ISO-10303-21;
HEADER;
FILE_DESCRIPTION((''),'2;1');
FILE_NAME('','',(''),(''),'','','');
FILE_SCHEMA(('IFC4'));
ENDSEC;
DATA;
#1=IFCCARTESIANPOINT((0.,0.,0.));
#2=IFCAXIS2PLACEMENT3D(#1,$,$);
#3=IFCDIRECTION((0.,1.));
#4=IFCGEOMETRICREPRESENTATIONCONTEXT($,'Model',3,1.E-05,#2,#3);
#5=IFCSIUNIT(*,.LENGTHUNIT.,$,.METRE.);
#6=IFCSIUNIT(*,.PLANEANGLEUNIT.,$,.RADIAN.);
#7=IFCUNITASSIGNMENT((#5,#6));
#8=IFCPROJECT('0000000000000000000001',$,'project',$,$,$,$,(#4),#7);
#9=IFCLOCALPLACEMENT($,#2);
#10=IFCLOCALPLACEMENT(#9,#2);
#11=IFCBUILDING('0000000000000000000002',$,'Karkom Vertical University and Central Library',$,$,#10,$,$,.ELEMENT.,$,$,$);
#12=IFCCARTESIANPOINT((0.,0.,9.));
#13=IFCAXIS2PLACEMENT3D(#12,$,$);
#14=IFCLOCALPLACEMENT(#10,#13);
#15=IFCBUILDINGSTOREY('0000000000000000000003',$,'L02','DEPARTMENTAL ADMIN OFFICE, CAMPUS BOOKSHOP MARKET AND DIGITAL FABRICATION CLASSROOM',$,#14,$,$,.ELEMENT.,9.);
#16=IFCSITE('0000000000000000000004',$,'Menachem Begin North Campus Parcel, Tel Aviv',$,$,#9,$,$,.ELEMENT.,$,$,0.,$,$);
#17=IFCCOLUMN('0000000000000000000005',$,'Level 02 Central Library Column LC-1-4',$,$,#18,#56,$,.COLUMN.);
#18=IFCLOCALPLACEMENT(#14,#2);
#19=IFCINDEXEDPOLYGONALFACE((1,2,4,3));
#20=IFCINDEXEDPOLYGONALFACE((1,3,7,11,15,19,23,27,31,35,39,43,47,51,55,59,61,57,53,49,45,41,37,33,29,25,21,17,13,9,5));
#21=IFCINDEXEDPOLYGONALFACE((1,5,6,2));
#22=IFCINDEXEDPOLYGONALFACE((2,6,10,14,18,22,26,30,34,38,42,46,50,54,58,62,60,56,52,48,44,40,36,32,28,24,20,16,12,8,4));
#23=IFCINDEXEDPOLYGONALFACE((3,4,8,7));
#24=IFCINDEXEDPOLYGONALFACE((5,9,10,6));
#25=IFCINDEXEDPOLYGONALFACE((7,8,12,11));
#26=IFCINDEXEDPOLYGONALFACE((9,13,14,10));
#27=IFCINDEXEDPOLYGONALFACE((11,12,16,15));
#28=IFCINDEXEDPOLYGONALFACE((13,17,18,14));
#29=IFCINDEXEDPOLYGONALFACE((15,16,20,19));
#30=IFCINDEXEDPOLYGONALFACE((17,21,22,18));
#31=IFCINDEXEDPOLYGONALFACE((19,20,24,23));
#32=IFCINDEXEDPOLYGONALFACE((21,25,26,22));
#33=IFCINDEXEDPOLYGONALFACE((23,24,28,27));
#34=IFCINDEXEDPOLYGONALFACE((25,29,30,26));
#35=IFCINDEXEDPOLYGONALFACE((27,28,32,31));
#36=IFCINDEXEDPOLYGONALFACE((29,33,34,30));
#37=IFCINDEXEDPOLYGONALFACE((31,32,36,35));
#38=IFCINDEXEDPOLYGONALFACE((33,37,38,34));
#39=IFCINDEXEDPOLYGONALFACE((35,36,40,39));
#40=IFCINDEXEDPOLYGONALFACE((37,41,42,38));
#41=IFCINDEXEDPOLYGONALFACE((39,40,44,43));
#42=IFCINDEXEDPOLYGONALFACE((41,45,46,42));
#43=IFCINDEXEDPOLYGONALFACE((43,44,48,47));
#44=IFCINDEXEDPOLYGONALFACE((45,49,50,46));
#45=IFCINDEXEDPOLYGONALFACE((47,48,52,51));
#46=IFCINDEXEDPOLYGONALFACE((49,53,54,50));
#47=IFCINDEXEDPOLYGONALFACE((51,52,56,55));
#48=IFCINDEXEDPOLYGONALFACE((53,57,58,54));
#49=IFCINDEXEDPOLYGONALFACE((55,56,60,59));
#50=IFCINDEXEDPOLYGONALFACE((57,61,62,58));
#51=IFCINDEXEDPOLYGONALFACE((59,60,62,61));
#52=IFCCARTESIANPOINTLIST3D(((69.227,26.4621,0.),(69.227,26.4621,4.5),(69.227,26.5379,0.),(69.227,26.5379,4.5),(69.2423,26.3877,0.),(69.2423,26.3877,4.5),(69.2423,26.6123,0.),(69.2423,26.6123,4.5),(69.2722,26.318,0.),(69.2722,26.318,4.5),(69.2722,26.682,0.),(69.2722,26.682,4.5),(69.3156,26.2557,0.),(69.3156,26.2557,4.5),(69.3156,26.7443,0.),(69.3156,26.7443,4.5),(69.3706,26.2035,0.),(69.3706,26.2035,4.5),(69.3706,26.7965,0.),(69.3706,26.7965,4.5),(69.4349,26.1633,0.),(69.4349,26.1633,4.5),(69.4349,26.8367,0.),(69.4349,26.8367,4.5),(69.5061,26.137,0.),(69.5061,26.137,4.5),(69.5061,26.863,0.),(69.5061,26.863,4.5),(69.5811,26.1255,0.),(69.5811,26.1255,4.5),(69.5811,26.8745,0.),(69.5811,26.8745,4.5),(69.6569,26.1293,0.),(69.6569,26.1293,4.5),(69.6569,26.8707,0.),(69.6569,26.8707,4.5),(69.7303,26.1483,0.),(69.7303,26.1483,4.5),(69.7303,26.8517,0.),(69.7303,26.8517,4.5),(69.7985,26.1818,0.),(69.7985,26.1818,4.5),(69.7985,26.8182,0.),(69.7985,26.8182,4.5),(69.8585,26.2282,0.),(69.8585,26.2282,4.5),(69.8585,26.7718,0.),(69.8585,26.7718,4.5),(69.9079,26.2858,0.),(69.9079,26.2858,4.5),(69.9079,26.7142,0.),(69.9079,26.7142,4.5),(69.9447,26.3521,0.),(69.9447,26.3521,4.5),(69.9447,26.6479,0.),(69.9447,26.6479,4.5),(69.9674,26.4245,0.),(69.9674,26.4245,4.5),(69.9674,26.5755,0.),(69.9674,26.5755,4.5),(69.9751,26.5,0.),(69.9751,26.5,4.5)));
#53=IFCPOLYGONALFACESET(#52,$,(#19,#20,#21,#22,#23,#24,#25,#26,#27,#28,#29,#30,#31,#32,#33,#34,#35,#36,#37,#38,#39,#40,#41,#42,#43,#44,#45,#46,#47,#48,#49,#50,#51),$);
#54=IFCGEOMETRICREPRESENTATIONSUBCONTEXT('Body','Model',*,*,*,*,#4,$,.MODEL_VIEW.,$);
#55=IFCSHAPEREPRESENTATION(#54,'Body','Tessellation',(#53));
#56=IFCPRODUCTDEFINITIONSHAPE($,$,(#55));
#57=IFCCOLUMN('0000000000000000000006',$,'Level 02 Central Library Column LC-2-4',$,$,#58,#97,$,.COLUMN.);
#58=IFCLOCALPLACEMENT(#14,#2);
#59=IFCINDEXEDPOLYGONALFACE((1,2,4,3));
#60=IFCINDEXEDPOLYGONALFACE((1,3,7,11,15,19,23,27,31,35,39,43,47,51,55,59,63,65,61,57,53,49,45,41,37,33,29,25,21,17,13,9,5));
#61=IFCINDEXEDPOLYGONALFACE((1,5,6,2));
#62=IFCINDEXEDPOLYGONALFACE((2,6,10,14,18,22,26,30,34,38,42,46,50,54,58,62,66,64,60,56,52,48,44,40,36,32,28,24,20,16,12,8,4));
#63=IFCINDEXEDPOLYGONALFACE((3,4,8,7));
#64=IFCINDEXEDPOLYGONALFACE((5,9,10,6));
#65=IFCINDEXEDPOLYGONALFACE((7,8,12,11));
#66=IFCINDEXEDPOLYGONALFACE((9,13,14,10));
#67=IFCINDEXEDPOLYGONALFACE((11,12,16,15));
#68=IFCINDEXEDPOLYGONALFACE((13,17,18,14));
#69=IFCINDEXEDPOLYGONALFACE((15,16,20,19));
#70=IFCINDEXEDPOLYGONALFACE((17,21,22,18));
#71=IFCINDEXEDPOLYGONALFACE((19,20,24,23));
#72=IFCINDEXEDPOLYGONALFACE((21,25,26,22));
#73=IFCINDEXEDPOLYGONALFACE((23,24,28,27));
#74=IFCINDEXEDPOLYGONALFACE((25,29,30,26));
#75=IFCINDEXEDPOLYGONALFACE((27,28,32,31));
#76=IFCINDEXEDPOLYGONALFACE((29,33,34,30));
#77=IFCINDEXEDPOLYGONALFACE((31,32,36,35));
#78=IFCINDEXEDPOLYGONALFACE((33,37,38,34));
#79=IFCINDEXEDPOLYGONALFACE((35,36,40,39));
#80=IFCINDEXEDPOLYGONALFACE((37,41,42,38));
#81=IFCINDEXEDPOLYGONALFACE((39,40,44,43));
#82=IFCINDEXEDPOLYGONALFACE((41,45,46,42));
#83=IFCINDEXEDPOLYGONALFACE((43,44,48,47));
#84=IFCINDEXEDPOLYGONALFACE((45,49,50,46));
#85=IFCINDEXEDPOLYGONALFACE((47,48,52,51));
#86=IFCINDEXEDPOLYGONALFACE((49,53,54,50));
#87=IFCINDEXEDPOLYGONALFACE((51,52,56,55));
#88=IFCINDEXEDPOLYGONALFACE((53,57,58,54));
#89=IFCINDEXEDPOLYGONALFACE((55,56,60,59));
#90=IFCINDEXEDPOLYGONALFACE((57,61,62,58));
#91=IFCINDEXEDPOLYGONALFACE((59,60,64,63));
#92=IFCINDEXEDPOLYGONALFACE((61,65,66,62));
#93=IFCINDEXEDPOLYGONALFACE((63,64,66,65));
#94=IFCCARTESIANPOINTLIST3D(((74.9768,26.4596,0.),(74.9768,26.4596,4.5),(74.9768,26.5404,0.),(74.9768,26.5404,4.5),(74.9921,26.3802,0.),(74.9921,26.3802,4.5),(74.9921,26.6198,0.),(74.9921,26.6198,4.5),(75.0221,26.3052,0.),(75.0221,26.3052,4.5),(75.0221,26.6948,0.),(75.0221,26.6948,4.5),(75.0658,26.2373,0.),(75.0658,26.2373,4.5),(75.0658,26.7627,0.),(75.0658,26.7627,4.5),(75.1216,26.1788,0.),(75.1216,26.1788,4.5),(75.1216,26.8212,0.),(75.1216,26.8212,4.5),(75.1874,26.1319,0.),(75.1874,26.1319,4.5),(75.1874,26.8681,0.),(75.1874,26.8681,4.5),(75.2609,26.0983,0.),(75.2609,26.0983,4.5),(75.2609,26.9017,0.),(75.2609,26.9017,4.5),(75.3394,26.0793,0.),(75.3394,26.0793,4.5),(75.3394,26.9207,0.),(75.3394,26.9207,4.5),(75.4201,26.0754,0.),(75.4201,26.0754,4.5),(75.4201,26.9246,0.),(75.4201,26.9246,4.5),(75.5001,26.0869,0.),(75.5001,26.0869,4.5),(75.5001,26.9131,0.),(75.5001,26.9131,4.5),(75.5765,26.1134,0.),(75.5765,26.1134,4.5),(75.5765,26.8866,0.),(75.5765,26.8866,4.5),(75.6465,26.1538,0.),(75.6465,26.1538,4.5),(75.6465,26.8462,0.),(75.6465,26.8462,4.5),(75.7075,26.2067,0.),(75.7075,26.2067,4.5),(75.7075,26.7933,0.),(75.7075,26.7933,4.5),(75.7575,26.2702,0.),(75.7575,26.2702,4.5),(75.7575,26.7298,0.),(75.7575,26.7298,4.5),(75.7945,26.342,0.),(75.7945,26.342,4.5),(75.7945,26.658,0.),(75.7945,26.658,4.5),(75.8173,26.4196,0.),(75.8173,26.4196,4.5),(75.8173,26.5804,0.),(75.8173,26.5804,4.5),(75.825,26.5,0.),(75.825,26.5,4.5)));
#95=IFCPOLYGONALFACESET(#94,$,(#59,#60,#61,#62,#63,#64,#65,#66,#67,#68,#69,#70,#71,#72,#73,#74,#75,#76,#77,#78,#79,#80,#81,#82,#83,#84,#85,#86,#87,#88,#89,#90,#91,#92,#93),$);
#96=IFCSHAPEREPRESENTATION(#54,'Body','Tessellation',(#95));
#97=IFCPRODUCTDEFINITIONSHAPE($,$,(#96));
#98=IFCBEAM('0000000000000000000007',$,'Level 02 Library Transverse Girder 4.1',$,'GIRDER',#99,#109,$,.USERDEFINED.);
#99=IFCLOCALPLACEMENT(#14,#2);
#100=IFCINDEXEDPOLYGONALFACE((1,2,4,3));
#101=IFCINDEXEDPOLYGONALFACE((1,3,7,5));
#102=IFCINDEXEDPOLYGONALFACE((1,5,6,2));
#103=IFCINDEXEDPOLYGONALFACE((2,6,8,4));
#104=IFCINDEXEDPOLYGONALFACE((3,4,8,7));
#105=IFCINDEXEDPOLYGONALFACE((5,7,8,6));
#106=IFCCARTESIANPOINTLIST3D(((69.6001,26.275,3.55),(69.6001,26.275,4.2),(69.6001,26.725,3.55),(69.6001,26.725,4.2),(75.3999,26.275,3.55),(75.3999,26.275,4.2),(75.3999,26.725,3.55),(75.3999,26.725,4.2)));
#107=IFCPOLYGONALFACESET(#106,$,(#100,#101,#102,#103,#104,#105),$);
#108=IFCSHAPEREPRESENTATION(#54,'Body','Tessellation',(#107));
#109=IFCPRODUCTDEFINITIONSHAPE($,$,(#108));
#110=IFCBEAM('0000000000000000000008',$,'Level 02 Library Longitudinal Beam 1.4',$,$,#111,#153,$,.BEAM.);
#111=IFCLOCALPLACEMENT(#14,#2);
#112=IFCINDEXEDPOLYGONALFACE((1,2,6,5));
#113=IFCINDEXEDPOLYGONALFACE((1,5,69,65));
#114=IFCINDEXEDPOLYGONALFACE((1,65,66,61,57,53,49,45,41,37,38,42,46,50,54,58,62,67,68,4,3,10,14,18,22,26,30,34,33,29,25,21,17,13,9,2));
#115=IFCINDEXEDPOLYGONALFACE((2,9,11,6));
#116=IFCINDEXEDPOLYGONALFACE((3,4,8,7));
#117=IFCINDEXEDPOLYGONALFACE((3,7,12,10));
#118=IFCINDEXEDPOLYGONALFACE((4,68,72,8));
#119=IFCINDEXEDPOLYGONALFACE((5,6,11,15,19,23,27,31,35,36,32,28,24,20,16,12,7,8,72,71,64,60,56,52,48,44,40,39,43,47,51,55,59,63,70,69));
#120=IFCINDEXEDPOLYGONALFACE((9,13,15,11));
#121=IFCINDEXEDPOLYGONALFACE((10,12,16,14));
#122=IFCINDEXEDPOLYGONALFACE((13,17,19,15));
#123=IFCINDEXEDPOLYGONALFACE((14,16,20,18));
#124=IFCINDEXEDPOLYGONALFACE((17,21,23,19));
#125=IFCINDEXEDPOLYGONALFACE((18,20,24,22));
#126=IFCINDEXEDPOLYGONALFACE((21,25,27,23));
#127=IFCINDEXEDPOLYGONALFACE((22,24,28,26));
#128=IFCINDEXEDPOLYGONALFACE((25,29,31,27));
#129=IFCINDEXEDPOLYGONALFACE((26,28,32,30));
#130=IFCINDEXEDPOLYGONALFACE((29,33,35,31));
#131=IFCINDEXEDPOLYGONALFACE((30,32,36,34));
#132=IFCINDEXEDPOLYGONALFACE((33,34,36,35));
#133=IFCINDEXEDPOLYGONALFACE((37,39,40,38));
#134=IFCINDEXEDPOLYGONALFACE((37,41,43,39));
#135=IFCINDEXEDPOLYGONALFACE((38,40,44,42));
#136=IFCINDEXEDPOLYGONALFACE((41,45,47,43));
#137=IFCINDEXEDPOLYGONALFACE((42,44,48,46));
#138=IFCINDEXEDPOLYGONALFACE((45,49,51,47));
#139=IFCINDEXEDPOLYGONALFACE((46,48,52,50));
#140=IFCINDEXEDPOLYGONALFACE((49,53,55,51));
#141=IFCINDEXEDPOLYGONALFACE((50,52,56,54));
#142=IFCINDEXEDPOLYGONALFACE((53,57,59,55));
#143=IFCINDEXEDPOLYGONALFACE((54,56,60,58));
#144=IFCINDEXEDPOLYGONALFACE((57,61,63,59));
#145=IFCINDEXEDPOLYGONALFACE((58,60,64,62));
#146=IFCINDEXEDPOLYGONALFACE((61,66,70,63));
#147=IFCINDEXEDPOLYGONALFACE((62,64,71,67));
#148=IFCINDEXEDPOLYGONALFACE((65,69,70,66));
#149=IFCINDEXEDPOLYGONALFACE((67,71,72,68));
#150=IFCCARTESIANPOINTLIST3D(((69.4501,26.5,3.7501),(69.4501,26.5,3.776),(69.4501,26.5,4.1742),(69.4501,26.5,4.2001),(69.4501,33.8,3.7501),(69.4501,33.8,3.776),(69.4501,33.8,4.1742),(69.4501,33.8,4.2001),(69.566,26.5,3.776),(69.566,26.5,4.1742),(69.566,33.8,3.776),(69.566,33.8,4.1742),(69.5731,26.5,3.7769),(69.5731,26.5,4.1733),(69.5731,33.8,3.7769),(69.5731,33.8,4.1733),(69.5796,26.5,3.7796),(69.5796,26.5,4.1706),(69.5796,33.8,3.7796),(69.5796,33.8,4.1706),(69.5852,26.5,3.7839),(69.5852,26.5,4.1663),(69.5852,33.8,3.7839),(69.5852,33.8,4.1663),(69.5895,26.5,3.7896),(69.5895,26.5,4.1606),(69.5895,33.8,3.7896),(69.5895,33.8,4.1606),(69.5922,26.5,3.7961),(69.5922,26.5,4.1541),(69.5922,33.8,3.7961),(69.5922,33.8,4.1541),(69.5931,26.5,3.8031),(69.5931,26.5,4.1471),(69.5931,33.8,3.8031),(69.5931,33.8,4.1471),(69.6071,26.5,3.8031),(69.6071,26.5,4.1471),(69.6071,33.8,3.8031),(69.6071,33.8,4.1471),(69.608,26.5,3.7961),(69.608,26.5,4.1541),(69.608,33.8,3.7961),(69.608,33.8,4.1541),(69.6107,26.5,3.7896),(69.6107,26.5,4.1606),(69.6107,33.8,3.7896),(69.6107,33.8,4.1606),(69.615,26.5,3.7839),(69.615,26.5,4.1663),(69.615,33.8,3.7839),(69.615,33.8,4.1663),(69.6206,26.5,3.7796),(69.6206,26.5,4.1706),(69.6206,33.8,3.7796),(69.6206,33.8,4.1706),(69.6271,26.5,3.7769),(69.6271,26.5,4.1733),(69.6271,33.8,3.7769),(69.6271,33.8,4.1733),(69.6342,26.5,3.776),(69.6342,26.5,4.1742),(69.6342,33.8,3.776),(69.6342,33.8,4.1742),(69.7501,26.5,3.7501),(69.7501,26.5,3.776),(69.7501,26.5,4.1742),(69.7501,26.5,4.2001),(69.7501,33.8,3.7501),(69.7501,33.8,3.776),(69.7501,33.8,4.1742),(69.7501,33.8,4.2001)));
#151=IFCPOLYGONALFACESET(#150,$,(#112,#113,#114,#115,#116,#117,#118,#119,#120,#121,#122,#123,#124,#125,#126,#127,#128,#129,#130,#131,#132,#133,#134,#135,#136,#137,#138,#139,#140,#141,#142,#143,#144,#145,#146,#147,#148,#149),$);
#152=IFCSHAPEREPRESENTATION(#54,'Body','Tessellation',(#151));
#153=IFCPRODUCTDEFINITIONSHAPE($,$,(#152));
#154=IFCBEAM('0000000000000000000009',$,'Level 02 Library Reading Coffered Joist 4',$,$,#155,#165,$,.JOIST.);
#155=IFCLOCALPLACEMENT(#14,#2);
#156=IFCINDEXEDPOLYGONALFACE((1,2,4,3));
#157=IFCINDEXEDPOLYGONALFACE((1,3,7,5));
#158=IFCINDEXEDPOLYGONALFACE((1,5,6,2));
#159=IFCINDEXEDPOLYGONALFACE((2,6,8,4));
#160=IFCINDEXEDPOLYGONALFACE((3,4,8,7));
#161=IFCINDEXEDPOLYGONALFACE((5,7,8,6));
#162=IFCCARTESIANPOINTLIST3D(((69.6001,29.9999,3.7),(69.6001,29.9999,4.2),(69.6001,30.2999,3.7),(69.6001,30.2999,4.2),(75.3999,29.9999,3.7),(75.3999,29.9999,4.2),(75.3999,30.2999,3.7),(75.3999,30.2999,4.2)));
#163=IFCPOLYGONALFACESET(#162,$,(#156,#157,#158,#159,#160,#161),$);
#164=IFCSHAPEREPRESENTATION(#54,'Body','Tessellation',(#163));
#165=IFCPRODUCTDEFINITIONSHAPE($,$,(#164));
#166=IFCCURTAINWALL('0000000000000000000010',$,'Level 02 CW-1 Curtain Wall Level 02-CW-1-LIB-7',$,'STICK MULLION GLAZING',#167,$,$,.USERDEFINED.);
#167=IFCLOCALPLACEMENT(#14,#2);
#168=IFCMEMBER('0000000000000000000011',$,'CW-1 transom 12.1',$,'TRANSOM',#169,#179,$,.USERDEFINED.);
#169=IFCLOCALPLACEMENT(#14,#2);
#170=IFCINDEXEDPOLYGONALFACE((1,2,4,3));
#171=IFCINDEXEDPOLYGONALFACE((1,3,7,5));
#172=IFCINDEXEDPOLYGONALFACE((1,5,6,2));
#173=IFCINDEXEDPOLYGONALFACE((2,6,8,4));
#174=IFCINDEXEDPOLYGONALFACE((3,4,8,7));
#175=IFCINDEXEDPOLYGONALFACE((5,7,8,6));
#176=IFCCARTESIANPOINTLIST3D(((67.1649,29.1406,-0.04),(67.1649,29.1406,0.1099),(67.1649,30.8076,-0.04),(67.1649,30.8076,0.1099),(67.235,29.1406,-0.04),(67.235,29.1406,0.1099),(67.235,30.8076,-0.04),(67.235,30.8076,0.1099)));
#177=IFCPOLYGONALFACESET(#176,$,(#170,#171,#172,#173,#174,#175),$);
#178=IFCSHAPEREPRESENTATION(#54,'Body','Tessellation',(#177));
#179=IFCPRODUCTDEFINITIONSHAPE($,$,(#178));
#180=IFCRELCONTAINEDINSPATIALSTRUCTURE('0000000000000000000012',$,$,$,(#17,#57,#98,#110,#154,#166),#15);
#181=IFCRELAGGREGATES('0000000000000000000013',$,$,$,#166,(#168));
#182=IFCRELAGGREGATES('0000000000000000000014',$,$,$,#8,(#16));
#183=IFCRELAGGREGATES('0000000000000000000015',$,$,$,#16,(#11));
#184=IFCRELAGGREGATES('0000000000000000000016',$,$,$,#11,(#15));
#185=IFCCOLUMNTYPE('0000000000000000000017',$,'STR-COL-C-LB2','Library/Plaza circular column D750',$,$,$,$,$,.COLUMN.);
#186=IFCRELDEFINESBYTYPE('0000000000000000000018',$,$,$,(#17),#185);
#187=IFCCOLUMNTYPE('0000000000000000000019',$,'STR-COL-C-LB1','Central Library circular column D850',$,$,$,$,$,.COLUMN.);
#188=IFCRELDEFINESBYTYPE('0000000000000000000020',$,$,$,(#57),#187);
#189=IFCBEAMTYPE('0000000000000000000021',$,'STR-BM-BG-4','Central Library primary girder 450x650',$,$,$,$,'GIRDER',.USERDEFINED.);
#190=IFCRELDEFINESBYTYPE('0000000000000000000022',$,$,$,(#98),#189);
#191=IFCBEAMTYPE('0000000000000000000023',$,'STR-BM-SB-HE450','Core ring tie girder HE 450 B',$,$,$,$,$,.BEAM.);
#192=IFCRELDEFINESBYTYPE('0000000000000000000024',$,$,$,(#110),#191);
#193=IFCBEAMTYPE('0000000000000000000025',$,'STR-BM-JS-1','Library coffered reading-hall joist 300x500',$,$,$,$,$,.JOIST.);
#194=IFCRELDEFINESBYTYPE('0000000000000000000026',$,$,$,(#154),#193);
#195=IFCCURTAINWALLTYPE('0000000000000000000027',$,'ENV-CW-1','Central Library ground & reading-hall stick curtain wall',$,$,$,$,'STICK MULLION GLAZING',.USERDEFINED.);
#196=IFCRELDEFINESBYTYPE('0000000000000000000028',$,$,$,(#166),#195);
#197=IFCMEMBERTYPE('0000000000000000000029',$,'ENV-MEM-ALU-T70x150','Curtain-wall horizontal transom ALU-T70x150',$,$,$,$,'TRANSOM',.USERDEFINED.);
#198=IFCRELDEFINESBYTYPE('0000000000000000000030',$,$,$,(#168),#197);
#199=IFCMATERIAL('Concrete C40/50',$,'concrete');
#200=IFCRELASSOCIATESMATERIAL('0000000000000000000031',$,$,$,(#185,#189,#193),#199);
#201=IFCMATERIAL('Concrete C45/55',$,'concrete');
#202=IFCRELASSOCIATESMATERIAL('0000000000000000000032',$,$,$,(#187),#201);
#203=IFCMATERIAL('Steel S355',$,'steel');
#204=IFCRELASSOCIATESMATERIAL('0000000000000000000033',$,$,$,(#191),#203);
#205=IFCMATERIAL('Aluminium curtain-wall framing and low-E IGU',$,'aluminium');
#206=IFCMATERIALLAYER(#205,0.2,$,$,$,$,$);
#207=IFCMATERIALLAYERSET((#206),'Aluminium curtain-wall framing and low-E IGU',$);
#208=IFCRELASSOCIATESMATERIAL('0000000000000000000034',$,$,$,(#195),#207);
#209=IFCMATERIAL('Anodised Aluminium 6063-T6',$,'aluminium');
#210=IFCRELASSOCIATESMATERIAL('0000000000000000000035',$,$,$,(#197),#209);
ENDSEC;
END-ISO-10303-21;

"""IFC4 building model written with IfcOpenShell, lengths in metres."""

from ifc_helpers import new_model, si_unit, direction, frame, origin, origin_with_axes, origin_2d, place, context, subcontext, project, spatial, rectangle, circle, i_section, extrude, source, transform, mapped, material, layer, layer_set, material_profile, profile_set, type_object, element, aggregate, save


model = new_model("IFC4")

# Units and contexts
model_context = context("Model", 3, precision=1e-05, world=origin(), true_north=direction((0.0, 1.0)))
body_context = subcontext(model_context, "Body", "Model", "MODEL_VIEW")
ifc_project = project(units=[si_unit("LENGTHUNIT", "METRE"), si_unit("PLANEANGLEUNIT", "RADIAN")], contexts=[model_context])

# Site, building, storey
site_placement = place(None, origin())
site = spatial("IfcSite", under=ifc_project, at=site_placement, Name="Menachem Begin North Campus Parcel, Tel Aviv", CompositionType="ELEMENT", RefElevation=0.0)
building_placement = place(site_placement, origin())
building = spatial("IfcBuilding", under=site, at=building_placement, Name="Karkom Vertical University and Central Library", CompositionType="ELEMENT")
storey_placement = place(building_placement, frame((0.0, 0.0, 9.0)))
storey = spatial("IfcBuildingStorey", under=building, at=storey_placement, Name="L02", Description="DEPARTMENTAL ADMIN OFFICE, CAMPUS BOOKSHOP MARKET AND DIGITAL FABRICATION CLASSROOM", CompositionType="ELEMENT", Elevation=9.0)

# Columns
ifc_material_1 = material(Name="Concrete C40/50", Category="concrete")
ifc_material_profile_1 = material_profile(ifc_material_1, circle(Radius=0.375, at=origin_2d()), Name="RC-D750")
ifc_profile_set_1 = profile_set([ifc_material_profile_1], Name="Concrete C40/50")
column_type_1 = type_object("IfcColumnType", Name="STR-COL-C-LB2", Description="Library/Plaza circular column D750", PredefinedType="COLUMN", material=ifc_profile_set_1)
shared_shape_1 = source(origin_with_axes(), body_context, "Body", "SweptSolid", [
    extrude(circle(Radius=0.375, at=origin_2d()), origin(), (0.0, 0.0, 1.0), 4.5),
])
column_1_placement = place(storey_placement, frame((69.6001, 26.5, 0.0), z_axis=(0.0, 0.0, 1.0), x_axis=(1.0, 0.0, 0.0)))
element("IfcColumn", 1, at=column_1_placement, inside=storey, type_object=column_type_1, Name="Level 02 Central Library Column LC-1-4", PredefinedType="COLUMN", context=body_context, shape_type="MappedRepresentation", body=[
    mapped(shared_shape_1, transform((0.0, 0.0, 0.0), scale=1.0)),
])
ifc_material_2 = material(Name="Concrete C45/55", Category="concrete")
ifc_material_profile_2 = material_profile(ifc_material_2, circle(Radius=0.425, at=origin_2d()), Name="RC-D850")
ifc_profile_set_2 = profile_set([ifc_material_profile_2], Name="Concrete C45/55")
column_type_2 = type_object("IfcColumnType", Name="STR-COL-C-LB1", Description="Central Library circular column D850", PredefinedType="COLUMN", material=ifc_profile_set_2)
shared_shape_2 = source(origin_with_axes(), body_context, "Body", "SweptSolid", [
    extrude(circle(Radius=0.425, at=origin_2d()), origin(), (0.0, 0.0, 1.0), 4.5),
])
column_2_placement = place(storey_placement, frame((75.3999, 26.5, 0.0), z_axis=(0.0, 0.0, 1.0), x_axis=(1.0, 0.0, 0.0)))
element("IfcColumn", 2, at=column_2_placement, inside=storey, type_object=column_type_2, Name="Level 02 Central Library Column LC-2-4", PredefinedType="COLUMN", context=body_context, shape_type="MappedRepresentation", body=[
    mapped(shared_shape_2, transform((0.0, 0.0, 0.0), scale=1.0)),
])

# Beams
ifc_material_profile_3 = material_profile(ifc_material_1, rectangle(XDim=0.45, YDim=0.6499, at=origin_2d()), Name="RCB-450x650")
ifc_profile_set_3 = profile_set([ifc_material_profile_3], Name="Concrete C40/50")
beam_type_1 = type_object("IfcBeamType", Name="STR-BM-BG-4", Description="Central Library primary girder 450x650", ElementType="GIRDER", PredefinedType="USERDEFINED", material=ifc_profile_set_3)
shared_shape_3 = source(origin_with_axes(), body_context, "Body", "SweptSolid", [
    extrude(rectangle(XDim=0.45, YDim=0.6499, at=origin_2d()), origin(), (0.0, 0.0, 1.0), 5.7998),
])
beam_1_placement = place(storey_placement, frame((69.6001, 26.5, 3.875), z_axis=(1.0, 0.0, 0.0), x_axis=(0.0, 1.0, 0.0)))
element("IfcBeam", 3, at=beam_1_placement, inside=storey, type_object=beam_type_1, Name="Level 02 Library Transverse Girder 4.1", ObjectType="GIRDER", PredefinedType="USERDEFINED", context=body_context, shape_type="MappedRepresentation", body=[
    mapped(shared_shape_3, transform((0.0, 0.0, 0.0), scale=1.0)),
])
ifc_material_3 = material(Name="Steel S355", Category="steel")
ifc_material_profile_4 = material_profile(ifc_material_3, i_section(OverallWidth=0.3, OverallDepth=0.45, WebThickness=0.0139, FlangeThickness=0.0259, FilletRadius=0.0271, at=origin_2d()), Name="HE 450 B")
ifc_profile_set_4 = profile_set([ifc_material_profile_4], Name="Steel S355")
beam_type_2 = type_object("IfcBeamType", Name="STR-BM-SB-HE450", Description="Core ring tie girder HE 450 B", PredefinedType="BEAM", material=ifc_profile_set_4)
shared_shape_4 = source(origin_with_axes(), body_context, "Body", "SweptSolid", [
    extrude(i_section(OverallWidth=0.3, OverallDepth=0.45, WebThickness=0.0139, FlangeThickness=0.0259, FilletRadius=0.0271, at=origin_2d()), origin(), (0.0, 0.0, 1.0), 7.3),
])
beam_2_placement = place(storey_placement, frame((69.6001, 26.5, 3.9751), z_axis=(0.0, 1.0, 0.0), x_axis=(-1.0, 0.0, 0.0)))
element("IfcBeam", 4, at=beam_2_placement, inside=storey, type_object=beam_type_2, Name="Level 02 Library Longitudinal Beam 1.4", PredefinedType="BEAM", context=body_context, shape_type="MappedRepresentation", body=[
    mapped(shared_shape_4, transform((0.0, 0.0, 0.0), scale=1.0)),
])
ifc_material_profile_5 = material_profile(ifc_material_1, rectangle(XDim=0.3, YDim=0.5, at=origin_2d()), Name="RCJ-300x500")
ifc_profile_set_5 = profile_set([ifc_material_profile_5], Name="Concrete C40/50")
beam_type_3 = type_object("IfcBeamType", Name="STR-BM-JS-1", Description="Library coffered reading-hall joist 300x500", PredefinedType="JOIST", material=ifc_profile_set_5)
shared_shape_5 = source(origin_with_axes(), body_context, "Body", "SweptSolid", [
    extrude(rectangle(XDim=0.3, YDim=0.5, at=origin_2d()), origin(), (0.0, 0.0, 1.0), 5.7998),
])
beam_3_placement = place(storey_placement, frame((69.6001, 30.1499, 3.95), z_axis=(1.0, 0.0, 0.0), x_axis=(0.0, 1.0, 0.0)))
element("IfcBeam", 5, at=beam_3_placement, inside=storey, type_object=beam_type_3, Name="Level 02 Library Reading Coffered Joist 4", PredefinedType="JOIST", context=body_context, shape_type="MappedRepresentation", body=[
    mapped(shared_shape_5, transform((0.0, 0.0, 0.0), scale=1.0)),
])

# Curtain wall, member
ifc_material_4 = material(Name="Aluminium curtain-wall framing and low-E IGU", Category="aluminium")
ifc_layer_1 = layer(ifc_material_4, 0.2)
ifc_layer_set_1 = layer_set([ifc_layer_1], Name="Aluminium curtain-wall framing and low-E IGU")
curtain_wall_type = type_object("IfcCurtainWallType", Name="ENV-CW-1", Description="Central Library ground & reading-hall stick curtain wall", ElementType="STICK MULLION GLAZING", PredefinedType="USERDEFINED", material=ifc_layer_set_1)
curtain_wall_placement = place(storey_placement, origin())
curtain_wall = element("IfcCurtainWall", 6, at=curtain_wall_placement, inside=storey, type_object=curtain_wall_type, Name="Level 02 CW-1 Curtain Wall Level 02-CW-1-LIB-7", ObjectType="STICK MULLION GLAZING", PredefinedType="USERDEFINED")
ifc_material_5 = material(Name="Anodised Aluminium 6063-T6", Category="aluminium")
ifc_material_profile_6 = material_profile(ifc_material_5, rectangle(XDim=0.0701, YDim=0.1499, at=origin_2d()), Name="ALU-T70x150")
ifc_profile_set_6 = profile_set([ifc_material_profile_6], Name="Anodised Aluminium 6063-T6")
member_type = type_object("IfcMemberType", Name="ENV-MEM-ALU-T70x150", Description="Curtain-wall horizontal transom ALU-T70x150", ElementType="TRANSOM", PredefinedType="USERDEFINED", material=ifc_profile_set_6)
shared_shape_6 = source(origin_with_axes(), body_context, "Body", "SweptSolid", [
    extrude(rectangle(XDim=0.0701, YDim=0.1499, at=origin_2d()), origin(), (0.0, 0.0, 1.0), 1.667),
])
member_1_placement = place(storey_placement, frame((67.2, 30.8076, 0.0349), z_axis=(0.0, -1.0, 0.0), x_axis=(1.0, 0.0, 0.0)))
member_1 = element("IfcMember", 7, at=member_1_placement, type_object=member_type, Name="CW-1 transom 12.1", ObjectType="TRANSOM", PredefinedType="USERDEFINED", context=body_context, shape_type="MappedRepresentation", body=[
    mapped(shared_shape_6, transform((0.0, 0.0, 0.0), scale=1.0)),
])
aggregate(curtain_wall, [member_1])

save(model, "model.ifc")
